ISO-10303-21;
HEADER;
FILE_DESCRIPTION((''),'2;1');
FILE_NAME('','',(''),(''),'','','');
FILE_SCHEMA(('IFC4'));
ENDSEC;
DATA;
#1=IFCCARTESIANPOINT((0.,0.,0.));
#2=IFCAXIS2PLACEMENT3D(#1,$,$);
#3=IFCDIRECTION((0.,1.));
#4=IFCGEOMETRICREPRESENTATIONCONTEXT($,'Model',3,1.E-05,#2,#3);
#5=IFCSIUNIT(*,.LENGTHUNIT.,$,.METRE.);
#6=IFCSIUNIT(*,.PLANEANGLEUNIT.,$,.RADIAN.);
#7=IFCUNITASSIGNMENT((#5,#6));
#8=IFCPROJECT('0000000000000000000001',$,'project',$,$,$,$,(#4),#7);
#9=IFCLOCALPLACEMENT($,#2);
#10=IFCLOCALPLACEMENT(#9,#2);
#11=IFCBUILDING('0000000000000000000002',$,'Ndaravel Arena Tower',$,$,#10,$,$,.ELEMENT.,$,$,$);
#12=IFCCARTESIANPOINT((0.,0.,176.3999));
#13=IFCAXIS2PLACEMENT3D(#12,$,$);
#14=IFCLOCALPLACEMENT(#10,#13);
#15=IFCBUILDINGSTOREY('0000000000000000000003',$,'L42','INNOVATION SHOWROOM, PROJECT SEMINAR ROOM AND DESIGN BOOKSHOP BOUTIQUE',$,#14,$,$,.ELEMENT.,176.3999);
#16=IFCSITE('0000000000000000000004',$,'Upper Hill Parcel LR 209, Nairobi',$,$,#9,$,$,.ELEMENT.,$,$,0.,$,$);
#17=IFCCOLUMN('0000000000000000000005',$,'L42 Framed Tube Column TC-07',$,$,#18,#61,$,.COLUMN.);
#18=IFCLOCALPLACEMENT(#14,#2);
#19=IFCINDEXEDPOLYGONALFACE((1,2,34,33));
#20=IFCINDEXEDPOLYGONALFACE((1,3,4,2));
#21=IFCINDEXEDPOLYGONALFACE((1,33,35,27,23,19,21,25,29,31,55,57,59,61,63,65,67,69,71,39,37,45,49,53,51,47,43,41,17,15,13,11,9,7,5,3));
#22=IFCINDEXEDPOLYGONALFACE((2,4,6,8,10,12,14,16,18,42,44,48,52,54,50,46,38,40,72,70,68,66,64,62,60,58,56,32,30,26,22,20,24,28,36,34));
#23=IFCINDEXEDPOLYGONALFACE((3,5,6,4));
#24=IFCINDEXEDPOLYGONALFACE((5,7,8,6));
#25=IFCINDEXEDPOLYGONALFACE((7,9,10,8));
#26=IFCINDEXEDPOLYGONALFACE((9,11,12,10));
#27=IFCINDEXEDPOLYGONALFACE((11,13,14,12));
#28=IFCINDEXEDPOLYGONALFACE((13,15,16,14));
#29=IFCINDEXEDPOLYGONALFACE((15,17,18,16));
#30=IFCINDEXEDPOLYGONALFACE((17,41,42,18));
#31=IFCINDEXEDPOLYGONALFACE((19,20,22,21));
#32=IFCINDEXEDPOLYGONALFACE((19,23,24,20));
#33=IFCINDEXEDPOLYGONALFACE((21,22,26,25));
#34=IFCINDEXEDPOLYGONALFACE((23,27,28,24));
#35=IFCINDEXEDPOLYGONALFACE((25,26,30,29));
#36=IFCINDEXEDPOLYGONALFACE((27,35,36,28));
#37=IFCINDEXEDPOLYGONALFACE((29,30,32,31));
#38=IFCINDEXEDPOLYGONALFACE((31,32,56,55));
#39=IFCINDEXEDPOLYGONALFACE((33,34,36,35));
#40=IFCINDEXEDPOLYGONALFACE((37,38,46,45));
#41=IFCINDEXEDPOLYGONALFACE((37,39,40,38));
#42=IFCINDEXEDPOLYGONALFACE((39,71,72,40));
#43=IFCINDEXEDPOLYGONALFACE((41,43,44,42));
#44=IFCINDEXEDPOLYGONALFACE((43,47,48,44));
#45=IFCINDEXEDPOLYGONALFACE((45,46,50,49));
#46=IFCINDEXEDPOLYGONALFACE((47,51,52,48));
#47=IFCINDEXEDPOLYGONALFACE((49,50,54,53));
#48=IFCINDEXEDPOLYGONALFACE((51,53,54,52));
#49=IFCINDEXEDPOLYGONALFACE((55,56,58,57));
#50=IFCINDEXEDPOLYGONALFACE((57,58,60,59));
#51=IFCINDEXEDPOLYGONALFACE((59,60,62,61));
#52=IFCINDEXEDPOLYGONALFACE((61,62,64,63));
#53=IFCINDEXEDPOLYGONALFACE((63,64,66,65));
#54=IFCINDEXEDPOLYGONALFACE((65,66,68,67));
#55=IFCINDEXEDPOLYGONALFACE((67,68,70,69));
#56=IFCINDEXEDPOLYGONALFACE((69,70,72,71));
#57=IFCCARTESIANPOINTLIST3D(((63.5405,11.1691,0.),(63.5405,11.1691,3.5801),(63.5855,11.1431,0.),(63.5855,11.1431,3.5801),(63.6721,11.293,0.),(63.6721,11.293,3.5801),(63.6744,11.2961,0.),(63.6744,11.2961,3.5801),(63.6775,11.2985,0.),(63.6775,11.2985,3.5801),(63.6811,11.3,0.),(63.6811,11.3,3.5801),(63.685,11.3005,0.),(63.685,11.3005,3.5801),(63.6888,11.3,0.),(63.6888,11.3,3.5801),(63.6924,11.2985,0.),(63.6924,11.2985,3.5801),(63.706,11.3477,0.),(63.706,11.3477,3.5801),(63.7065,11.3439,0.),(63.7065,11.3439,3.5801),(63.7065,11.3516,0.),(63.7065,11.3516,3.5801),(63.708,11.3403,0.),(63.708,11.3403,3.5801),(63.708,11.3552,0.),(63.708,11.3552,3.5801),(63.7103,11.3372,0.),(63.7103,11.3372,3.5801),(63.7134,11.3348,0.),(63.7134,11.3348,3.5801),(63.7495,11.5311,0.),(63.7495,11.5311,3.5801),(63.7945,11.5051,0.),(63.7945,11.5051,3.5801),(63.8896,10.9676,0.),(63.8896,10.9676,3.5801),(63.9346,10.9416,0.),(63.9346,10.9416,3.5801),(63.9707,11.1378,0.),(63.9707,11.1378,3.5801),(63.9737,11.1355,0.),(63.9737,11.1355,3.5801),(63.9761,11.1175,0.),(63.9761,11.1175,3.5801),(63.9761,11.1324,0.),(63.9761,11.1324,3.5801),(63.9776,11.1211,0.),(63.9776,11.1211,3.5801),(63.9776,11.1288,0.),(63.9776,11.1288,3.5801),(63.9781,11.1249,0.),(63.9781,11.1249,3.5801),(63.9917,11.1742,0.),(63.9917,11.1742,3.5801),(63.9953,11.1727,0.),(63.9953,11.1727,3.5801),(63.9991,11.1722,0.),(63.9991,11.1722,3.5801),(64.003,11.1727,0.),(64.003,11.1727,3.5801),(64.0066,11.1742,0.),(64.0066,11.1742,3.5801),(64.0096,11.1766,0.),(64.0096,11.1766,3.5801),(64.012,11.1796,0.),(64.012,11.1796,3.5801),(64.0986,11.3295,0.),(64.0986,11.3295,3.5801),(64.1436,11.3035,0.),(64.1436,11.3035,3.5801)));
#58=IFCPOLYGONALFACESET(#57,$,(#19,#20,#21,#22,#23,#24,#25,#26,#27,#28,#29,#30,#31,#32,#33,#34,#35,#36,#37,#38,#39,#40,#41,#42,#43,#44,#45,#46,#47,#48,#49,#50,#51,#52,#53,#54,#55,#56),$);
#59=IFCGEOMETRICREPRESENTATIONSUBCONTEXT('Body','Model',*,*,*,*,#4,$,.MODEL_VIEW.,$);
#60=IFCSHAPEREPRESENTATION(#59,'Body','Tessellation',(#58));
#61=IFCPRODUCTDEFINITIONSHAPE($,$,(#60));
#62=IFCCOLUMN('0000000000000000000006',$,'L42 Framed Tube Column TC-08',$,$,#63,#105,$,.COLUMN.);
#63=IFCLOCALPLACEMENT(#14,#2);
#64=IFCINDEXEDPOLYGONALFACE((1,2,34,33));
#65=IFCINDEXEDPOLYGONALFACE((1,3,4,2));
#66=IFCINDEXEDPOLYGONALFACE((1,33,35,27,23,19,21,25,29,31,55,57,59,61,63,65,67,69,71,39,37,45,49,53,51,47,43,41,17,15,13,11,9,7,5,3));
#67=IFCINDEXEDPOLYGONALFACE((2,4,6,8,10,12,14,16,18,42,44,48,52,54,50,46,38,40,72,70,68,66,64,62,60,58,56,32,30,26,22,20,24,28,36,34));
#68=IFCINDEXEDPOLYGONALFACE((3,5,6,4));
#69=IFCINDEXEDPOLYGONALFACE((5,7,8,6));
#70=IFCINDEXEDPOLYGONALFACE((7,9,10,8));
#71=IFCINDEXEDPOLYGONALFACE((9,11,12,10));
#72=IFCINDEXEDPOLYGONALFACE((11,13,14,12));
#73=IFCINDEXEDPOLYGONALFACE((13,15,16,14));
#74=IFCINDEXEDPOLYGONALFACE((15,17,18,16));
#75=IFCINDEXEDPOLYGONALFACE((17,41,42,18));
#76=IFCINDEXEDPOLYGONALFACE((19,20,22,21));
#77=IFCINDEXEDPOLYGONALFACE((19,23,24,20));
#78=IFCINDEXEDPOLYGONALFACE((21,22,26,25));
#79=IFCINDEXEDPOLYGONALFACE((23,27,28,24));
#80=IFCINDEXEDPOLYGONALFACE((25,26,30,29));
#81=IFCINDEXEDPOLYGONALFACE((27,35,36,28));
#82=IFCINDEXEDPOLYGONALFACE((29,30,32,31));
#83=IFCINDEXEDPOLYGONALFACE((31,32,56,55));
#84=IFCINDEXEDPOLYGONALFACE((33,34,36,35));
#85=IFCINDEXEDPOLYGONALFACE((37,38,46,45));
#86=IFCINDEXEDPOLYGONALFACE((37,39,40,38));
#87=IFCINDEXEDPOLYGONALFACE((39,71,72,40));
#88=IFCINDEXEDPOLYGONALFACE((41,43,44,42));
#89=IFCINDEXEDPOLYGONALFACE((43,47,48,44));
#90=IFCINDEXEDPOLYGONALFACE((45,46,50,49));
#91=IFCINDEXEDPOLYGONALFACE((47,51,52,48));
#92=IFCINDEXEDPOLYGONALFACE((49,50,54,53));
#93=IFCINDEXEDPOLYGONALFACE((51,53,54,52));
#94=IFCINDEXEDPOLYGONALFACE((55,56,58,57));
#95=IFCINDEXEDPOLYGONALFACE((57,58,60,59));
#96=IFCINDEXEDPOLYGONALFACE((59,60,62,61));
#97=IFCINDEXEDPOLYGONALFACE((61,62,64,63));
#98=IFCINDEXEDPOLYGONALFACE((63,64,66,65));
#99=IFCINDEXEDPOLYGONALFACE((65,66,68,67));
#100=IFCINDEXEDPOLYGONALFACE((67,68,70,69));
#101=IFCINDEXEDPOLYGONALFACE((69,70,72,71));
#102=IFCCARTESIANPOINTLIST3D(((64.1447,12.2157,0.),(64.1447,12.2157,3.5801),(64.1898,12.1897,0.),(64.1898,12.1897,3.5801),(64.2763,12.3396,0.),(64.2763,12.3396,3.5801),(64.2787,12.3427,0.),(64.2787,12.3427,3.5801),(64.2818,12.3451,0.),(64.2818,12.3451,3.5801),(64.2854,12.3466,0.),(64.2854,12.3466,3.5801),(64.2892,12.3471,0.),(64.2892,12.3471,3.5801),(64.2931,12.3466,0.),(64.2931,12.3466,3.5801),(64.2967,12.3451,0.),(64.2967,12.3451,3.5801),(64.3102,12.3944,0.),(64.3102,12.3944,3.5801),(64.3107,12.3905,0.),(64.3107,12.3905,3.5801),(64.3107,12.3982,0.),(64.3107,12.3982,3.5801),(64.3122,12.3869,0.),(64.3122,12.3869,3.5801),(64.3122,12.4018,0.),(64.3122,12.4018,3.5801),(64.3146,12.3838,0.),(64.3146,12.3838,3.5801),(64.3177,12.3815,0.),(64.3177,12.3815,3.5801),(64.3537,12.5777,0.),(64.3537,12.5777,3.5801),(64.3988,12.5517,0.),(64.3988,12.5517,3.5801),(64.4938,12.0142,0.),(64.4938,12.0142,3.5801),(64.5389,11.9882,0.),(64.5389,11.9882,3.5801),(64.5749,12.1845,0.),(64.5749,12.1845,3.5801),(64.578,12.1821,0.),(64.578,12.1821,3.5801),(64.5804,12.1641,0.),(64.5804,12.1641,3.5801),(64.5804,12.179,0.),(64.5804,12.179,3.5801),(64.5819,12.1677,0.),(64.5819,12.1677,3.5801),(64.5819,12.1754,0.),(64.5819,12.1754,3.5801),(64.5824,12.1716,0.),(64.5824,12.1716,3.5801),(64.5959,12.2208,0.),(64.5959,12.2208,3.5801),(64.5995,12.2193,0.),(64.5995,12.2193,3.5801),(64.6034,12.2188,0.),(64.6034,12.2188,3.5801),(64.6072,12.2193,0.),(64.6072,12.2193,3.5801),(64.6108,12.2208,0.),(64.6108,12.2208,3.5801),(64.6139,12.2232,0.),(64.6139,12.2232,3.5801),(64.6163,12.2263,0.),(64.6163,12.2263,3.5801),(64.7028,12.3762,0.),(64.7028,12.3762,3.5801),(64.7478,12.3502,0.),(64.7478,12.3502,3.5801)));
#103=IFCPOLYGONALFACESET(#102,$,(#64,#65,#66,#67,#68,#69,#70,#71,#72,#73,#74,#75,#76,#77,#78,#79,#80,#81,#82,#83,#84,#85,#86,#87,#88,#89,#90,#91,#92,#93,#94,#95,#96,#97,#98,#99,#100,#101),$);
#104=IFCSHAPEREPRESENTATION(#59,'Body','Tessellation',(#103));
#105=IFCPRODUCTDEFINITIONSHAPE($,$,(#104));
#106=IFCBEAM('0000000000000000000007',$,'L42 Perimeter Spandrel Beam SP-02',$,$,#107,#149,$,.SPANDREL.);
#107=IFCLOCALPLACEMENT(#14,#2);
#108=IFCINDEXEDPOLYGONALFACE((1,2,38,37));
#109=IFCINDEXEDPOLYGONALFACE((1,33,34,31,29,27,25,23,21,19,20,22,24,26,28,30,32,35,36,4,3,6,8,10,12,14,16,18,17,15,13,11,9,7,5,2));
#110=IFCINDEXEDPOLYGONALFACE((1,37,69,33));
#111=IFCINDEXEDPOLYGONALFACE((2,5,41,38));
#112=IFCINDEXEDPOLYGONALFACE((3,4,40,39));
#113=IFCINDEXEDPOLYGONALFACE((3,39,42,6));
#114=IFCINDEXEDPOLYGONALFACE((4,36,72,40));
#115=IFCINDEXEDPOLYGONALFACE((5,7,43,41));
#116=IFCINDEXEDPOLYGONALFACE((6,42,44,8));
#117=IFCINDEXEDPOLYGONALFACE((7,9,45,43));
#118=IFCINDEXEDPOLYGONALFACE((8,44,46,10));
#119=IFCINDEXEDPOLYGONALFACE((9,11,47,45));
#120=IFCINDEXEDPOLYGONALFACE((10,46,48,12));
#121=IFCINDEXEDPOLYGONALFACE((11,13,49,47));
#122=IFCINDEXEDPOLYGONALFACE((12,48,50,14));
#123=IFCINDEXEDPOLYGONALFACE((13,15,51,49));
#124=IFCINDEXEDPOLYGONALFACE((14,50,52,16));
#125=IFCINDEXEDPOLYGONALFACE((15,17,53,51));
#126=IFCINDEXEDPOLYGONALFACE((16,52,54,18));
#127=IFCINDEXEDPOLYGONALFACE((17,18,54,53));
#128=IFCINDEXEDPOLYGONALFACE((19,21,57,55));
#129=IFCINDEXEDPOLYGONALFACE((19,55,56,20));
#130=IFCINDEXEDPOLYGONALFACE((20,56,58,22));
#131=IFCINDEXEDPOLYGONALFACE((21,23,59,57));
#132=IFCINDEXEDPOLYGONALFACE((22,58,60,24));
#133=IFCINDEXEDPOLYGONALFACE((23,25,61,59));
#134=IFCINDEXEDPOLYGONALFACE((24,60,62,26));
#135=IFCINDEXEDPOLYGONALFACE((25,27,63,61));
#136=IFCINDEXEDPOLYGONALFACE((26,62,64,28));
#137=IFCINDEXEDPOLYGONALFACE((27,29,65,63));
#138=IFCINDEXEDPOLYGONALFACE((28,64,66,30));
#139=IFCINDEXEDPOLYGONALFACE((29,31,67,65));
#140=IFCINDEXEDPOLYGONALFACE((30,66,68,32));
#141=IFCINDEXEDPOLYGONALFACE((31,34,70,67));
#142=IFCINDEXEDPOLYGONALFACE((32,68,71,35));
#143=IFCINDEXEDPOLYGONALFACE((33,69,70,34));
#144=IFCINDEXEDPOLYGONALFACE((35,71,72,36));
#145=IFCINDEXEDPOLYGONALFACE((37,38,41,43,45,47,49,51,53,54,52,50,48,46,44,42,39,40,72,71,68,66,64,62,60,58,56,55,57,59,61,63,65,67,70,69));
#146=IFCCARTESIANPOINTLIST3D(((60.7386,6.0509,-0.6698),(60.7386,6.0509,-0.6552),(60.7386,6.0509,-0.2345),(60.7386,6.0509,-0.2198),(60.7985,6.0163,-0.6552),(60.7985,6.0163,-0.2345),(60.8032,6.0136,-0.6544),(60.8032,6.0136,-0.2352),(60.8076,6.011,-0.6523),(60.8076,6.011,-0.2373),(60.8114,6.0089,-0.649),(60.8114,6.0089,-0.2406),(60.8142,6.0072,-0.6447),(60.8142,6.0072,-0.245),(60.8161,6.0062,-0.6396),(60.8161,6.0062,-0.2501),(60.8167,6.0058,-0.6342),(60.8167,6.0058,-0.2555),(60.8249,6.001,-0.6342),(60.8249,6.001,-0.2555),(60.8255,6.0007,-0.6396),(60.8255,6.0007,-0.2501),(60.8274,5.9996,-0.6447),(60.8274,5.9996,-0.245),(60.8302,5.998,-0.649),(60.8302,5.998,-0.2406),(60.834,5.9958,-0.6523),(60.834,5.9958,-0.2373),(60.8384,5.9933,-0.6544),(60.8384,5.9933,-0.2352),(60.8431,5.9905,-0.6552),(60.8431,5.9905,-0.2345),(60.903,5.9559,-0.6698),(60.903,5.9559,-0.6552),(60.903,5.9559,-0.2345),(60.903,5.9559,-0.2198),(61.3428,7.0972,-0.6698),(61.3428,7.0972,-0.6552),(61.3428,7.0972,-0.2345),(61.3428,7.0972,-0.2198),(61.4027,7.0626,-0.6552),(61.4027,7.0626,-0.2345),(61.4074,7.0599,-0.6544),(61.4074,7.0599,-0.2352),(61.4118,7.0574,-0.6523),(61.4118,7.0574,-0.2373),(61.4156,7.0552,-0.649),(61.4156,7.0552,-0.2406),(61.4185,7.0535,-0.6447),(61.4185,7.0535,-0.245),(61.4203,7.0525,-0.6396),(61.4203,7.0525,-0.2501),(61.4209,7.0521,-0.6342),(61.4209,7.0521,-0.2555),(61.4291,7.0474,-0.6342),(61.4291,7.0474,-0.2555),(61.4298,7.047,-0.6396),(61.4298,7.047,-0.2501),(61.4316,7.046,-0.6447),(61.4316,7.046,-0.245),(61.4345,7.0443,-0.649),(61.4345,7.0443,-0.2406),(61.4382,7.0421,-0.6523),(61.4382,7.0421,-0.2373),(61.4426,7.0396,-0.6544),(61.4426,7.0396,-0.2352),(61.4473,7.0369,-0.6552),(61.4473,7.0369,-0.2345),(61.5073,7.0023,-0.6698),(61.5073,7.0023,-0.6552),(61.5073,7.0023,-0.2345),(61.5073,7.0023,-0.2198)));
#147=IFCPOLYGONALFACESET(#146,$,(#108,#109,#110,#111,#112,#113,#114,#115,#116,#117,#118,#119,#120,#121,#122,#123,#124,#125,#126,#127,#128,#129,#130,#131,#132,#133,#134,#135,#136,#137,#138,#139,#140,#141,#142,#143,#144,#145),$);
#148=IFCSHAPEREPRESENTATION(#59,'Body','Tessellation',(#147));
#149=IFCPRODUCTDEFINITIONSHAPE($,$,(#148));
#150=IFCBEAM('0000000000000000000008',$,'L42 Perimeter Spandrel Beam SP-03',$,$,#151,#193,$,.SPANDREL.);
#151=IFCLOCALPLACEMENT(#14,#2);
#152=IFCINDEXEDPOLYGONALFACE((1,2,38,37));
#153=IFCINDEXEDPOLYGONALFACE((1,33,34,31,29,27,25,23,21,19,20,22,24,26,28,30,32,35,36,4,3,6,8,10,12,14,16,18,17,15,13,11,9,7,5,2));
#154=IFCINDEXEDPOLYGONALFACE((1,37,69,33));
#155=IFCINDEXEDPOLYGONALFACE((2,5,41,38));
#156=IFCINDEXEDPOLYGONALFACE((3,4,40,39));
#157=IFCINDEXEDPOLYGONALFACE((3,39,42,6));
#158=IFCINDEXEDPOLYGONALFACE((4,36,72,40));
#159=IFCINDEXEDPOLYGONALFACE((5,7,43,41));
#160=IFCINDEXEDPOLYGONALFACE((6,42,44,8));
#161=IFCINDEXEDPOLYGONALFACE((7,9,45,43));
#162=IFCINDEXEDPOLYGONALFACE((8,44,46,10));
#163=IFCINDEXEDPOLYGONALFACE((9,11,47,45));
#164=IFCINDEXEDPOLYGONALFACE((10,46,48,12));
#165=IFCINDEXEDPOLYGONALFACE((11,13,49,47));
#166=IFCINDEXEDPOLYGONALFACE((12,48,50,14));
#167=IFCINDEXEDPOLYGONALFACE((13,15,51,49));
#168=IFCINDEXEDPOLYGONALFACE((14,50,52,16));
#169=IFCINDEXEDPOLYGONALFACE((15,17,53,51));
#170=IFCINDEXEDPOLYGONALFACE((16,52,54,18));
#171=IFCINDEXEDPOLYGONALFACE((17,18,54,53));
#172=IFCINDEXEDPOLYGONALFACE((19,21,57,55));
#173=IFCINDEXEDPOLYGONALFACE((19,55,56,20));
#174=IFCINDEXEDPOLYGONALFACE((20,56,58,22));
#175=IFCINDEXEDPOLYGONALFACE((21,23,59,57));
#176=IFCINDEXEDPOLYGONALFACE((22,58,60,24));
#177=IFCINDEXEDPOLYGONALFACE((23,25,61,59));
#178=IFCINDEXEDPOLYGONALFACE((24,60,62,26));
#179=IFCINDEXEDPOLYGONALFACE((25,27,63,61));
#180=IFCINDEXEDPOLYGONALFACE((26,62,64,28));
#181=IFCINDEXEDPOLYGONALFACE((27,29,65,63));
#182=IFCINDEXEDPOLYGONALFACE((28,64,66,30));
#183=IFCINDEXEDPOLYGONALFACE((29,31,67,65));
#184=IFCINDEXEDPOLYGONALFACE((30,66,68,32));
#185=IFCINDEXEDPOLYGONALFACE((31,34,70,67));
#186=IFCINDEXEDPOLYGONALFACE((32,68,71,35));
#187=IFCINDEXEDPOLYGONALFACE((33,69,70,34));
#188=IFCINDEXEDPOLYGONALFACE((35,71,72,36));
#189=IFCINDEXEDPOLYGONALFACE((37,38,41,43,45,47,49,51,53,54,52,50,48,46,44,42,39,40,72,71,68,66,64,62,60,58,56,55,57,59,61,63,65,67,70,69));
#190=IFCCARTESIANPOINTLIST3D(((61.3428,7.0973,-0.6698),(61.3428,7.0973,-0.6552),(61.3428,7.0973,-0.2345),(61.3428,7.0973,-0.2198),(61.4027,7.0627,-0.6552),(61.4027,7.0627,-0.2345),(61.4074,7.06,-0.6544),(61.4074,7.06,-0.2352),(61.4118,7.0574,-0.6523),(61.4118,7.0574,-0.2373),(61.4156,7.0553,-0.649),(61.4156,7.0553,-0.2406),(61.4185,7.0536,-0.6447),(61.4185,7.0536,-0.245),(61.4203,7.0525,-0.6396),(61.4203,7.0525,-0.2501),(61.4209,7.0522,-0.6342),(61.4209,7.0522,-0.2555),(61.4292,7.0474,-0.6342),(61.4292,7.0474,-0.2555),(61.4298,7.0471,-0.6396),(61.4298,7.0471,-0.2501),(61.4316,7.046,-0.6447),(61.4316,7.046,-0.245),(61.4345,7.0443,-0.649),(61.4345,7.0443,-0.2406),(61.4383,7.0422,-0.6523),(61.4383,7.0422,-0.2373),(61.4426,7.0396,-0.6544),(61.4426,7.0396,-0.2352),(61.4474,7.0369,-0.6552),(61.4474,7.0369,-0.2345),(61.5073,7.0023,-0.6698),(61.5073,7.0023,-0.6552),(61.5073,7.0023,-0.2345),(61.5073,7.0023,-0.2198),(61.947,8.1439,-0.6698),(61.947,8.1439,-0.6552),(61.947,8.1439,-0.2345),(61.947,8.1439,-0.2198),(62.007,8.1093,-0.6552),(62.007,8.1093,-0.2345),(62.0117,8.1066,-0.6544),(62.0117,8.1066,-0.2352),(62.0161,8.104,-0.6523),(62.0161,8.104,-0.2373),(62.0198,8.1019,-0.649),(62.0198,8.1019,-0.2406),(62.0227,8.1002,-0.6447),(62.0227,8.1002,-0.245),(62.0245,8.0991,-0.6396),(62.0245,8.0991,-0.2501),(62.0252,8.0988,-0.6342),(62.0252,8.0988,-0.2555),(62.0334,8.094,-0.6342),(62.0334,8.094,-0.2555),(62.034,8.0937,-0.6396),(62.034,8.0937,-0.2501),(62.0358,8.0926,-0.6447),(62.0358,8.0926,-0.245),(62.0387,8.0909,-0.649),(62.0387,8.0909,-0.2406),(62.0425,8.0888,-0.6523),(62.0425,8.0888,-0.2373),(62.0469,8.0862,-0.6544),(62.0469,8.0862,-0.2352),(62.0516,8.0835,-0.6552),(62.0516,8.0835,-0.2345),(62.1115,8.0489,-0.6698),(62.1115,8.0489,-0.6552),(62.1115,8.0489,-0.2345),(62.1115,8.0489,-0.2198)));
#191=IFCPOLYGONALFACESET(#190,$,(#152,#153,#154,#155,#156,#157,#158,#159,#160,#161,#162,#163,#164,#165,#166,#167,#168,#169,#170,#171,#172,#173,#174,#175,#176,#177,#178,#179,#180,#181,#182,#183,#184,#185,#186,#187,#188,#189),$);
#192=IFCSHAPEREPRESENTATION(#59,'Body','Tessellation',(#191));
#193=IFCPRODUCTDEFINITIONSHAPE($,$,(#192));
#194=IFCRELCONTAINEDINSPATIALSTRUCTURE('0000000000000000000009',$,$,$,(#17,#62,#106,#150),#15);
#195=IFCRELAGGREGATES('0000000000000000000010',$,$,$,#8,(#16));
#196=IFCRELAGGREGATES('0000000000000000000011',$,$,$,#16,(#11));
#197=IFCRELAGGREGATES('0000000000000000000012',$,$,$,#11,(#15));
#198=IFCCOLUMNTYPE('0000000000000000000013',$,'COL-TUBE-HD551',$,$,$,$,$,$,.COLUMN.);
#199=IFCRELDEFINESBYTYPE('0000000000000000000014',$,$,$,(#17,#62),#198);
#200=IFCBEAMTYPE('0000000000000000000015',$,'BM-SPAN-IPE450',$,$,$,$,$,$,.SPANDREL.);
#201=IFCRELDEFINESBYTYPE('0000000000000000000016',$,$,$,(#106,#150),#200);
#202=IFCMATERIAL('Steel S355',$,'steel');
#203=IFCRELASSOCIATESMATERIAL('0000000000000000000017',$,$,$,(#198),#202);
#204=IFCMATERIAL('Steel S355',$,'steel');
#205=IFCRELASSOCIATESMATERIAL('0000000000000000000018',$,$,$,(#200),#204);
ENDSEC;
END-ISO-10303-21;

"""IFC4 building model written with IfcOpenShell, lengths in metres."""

from ifc_helpers import new_model, si_unit, direction, frame, origin, origin_2d, place, context, subcontext, project, spatial, i_section, extrude, material, material_profile, profile_set, type_object, element, save


model = new_model("IFC4")

# Units and contexts
model_context = context("Model", 3, precision=1e-05, world=origin(), true_north=direction((0.0, 1.0)))
body_context = subcontext(model_context, "Body", "Model", "MODEL_VIEW")
ifc_project = project(units=[si_unit("LENGTHUNIT", "METRE"), si_unit("PLANEANGLEUNIT", "RADIAN")], contexts=[model_context])

# Site, building, storey
site_placement = place(None, origin())
site = spatial("IfcSite", under=ifc_project, at=site_placement, Name="Upper Hill Parcel LR 209, Nairobi", CompositionType="ELEMENT", RefElevation=0.0)
building_placement = place(site_placement, origin())
building = spatial("IfcBuilding", under=site, at=building_placement, Name="Ndaravel Arena Tower", CompositionType="ELEMENT")
storey_placement = place(building_placement, frame((0.0, 0.0, 176.3999)))
storey = spatial("IfcBuildingStorey", under=building, at=storey_placement, Name="L42", Description="INNOVATION SHOWROOM, PROJECT SEMINAR ROOM AND DESIGN BOOKSHOP BOUTIQUE", CompositionType="ELEMENT", Elevation=176.3999)

# Columns
ifc_material_1 = material(Name="Steel S355", Category="steel")
ifc_material_profile_1 = material_profile(ifc_material_1, i_section(OverallWidth=0.418, OverallDepth=0.4551, WebThickness=0.042, FlangeThickness=0.052, FilletRadius=0.0149, at=origin_2d()), Name="HD 400x551")
ifc_profile_set_1 = profile_set([ifc_material_profile_1], Name="Steel S355")
column_type = type_object("IfcColumnType", Name="COL-TUBE-HD551", PredefinedType="COLUMN", material=ifc_profile_set_1)
for number, where, z_axis, x_axis, name in (
    (1, (63.842, 11.2363, 0.0), (0.0, 0.0, 1.0), (0.5, 0.866025, 0.0), "L42 Framed Tube Column TC-07"),
    (2, (64.4463, 12.283, 0.0), (0.0, 0.0, 1.0), (0.5, 0.866025, 0.0), "L42 Framed Tube Column TC-08"),
):
    element("IfcColumn", number, at=place(storey_placement, frame(where, z_axis=z_axis, x_axis=x_axis)), inside=storey, type_object=column_type, Name=name, PredefinedType="COLUMN", context=body_context, shape_type="SweptSolid", body=[
        extrude(i_section(OverallWidth=0.418, OverallDepth=0.4551, WebThickness=0.042, FlangeThickness=0.052, FilletRadius=0.0149, at=origin_2d()), origin(), (0.0, 0.0, 1.0), 3.5801),
    ])

# Beams
ifc_material_2 = material(Name="Steel S355", Category="steel")
ifc_material_profile_2 = material_profile(ifc_material_2, i_section(OverallWidth=0.1899, OverallDepth=0.45, WebThickness=0.0095, FlangeThickness=0.0146, FilletRadius=0.021, at=origin_2d()), Name="IPE 450")
ifc_profile_set_2 = profile_set([ifc_material_profile_2], Name="Steel S355")
beam_type = type_object("IfcBeamType", Name="BM-SPAN-IPE450", PredefinedType="SPANDREL", material=ifc_profile_set_2)
beam_placement = place(storey_placement, frame((60.8208, 6.0034, -0.4448), z_axis=(0.500072, 0.865984, 0.0), x_axis=(-0.865984, 0.500072, 0.0)))
element("IfcBeam", 3, at=beam_placement, inside=storey, type_object=beam_type, Name="L42 Perimeter Spandrel Beam SP-02", PredefinedType="SPANDREL", context=body_context, shape_type="SweptSolid", body=[
    extrude(i_section(OverallWidth=0.1899, OverallDepth=0.45, WebThickness=0.0095, FlangeThickness=0.0146, FilletRadius=0.021, at=origin_2d()), origin(), (0.0, 0.0, 1.0), 1.2083),
])
for number, where, z_axis, x_axis, name in (
    (4, (61.425, 7.0498, -0.4448), (0.499985, 0.866034, 0.0), (-0.866034, 0.499985, 0.0), "L42 Perimeter Spandrel Beam SP-03"),
):
    element("IfcBeam", number, at=place(storey_placement, frame(where, z_axis=z_axis, x_axis=x_axis)), inside=storey, type_object=beam_type, Name=name, PredefinedType="SPANDREL", context=body_context, shape_type="SweptSolid", body=[
        extrude(i_section(OverallWidth=0.1899, OverallDepth=0.45, WebThickness=0.0095, FlangeThickness=0.0146, FilletRadius=0.021, at=origin_2d()), origin(), (0.0, 0.0, 1.0), 1.2085),
    ])

save(model, "model.ifc")
